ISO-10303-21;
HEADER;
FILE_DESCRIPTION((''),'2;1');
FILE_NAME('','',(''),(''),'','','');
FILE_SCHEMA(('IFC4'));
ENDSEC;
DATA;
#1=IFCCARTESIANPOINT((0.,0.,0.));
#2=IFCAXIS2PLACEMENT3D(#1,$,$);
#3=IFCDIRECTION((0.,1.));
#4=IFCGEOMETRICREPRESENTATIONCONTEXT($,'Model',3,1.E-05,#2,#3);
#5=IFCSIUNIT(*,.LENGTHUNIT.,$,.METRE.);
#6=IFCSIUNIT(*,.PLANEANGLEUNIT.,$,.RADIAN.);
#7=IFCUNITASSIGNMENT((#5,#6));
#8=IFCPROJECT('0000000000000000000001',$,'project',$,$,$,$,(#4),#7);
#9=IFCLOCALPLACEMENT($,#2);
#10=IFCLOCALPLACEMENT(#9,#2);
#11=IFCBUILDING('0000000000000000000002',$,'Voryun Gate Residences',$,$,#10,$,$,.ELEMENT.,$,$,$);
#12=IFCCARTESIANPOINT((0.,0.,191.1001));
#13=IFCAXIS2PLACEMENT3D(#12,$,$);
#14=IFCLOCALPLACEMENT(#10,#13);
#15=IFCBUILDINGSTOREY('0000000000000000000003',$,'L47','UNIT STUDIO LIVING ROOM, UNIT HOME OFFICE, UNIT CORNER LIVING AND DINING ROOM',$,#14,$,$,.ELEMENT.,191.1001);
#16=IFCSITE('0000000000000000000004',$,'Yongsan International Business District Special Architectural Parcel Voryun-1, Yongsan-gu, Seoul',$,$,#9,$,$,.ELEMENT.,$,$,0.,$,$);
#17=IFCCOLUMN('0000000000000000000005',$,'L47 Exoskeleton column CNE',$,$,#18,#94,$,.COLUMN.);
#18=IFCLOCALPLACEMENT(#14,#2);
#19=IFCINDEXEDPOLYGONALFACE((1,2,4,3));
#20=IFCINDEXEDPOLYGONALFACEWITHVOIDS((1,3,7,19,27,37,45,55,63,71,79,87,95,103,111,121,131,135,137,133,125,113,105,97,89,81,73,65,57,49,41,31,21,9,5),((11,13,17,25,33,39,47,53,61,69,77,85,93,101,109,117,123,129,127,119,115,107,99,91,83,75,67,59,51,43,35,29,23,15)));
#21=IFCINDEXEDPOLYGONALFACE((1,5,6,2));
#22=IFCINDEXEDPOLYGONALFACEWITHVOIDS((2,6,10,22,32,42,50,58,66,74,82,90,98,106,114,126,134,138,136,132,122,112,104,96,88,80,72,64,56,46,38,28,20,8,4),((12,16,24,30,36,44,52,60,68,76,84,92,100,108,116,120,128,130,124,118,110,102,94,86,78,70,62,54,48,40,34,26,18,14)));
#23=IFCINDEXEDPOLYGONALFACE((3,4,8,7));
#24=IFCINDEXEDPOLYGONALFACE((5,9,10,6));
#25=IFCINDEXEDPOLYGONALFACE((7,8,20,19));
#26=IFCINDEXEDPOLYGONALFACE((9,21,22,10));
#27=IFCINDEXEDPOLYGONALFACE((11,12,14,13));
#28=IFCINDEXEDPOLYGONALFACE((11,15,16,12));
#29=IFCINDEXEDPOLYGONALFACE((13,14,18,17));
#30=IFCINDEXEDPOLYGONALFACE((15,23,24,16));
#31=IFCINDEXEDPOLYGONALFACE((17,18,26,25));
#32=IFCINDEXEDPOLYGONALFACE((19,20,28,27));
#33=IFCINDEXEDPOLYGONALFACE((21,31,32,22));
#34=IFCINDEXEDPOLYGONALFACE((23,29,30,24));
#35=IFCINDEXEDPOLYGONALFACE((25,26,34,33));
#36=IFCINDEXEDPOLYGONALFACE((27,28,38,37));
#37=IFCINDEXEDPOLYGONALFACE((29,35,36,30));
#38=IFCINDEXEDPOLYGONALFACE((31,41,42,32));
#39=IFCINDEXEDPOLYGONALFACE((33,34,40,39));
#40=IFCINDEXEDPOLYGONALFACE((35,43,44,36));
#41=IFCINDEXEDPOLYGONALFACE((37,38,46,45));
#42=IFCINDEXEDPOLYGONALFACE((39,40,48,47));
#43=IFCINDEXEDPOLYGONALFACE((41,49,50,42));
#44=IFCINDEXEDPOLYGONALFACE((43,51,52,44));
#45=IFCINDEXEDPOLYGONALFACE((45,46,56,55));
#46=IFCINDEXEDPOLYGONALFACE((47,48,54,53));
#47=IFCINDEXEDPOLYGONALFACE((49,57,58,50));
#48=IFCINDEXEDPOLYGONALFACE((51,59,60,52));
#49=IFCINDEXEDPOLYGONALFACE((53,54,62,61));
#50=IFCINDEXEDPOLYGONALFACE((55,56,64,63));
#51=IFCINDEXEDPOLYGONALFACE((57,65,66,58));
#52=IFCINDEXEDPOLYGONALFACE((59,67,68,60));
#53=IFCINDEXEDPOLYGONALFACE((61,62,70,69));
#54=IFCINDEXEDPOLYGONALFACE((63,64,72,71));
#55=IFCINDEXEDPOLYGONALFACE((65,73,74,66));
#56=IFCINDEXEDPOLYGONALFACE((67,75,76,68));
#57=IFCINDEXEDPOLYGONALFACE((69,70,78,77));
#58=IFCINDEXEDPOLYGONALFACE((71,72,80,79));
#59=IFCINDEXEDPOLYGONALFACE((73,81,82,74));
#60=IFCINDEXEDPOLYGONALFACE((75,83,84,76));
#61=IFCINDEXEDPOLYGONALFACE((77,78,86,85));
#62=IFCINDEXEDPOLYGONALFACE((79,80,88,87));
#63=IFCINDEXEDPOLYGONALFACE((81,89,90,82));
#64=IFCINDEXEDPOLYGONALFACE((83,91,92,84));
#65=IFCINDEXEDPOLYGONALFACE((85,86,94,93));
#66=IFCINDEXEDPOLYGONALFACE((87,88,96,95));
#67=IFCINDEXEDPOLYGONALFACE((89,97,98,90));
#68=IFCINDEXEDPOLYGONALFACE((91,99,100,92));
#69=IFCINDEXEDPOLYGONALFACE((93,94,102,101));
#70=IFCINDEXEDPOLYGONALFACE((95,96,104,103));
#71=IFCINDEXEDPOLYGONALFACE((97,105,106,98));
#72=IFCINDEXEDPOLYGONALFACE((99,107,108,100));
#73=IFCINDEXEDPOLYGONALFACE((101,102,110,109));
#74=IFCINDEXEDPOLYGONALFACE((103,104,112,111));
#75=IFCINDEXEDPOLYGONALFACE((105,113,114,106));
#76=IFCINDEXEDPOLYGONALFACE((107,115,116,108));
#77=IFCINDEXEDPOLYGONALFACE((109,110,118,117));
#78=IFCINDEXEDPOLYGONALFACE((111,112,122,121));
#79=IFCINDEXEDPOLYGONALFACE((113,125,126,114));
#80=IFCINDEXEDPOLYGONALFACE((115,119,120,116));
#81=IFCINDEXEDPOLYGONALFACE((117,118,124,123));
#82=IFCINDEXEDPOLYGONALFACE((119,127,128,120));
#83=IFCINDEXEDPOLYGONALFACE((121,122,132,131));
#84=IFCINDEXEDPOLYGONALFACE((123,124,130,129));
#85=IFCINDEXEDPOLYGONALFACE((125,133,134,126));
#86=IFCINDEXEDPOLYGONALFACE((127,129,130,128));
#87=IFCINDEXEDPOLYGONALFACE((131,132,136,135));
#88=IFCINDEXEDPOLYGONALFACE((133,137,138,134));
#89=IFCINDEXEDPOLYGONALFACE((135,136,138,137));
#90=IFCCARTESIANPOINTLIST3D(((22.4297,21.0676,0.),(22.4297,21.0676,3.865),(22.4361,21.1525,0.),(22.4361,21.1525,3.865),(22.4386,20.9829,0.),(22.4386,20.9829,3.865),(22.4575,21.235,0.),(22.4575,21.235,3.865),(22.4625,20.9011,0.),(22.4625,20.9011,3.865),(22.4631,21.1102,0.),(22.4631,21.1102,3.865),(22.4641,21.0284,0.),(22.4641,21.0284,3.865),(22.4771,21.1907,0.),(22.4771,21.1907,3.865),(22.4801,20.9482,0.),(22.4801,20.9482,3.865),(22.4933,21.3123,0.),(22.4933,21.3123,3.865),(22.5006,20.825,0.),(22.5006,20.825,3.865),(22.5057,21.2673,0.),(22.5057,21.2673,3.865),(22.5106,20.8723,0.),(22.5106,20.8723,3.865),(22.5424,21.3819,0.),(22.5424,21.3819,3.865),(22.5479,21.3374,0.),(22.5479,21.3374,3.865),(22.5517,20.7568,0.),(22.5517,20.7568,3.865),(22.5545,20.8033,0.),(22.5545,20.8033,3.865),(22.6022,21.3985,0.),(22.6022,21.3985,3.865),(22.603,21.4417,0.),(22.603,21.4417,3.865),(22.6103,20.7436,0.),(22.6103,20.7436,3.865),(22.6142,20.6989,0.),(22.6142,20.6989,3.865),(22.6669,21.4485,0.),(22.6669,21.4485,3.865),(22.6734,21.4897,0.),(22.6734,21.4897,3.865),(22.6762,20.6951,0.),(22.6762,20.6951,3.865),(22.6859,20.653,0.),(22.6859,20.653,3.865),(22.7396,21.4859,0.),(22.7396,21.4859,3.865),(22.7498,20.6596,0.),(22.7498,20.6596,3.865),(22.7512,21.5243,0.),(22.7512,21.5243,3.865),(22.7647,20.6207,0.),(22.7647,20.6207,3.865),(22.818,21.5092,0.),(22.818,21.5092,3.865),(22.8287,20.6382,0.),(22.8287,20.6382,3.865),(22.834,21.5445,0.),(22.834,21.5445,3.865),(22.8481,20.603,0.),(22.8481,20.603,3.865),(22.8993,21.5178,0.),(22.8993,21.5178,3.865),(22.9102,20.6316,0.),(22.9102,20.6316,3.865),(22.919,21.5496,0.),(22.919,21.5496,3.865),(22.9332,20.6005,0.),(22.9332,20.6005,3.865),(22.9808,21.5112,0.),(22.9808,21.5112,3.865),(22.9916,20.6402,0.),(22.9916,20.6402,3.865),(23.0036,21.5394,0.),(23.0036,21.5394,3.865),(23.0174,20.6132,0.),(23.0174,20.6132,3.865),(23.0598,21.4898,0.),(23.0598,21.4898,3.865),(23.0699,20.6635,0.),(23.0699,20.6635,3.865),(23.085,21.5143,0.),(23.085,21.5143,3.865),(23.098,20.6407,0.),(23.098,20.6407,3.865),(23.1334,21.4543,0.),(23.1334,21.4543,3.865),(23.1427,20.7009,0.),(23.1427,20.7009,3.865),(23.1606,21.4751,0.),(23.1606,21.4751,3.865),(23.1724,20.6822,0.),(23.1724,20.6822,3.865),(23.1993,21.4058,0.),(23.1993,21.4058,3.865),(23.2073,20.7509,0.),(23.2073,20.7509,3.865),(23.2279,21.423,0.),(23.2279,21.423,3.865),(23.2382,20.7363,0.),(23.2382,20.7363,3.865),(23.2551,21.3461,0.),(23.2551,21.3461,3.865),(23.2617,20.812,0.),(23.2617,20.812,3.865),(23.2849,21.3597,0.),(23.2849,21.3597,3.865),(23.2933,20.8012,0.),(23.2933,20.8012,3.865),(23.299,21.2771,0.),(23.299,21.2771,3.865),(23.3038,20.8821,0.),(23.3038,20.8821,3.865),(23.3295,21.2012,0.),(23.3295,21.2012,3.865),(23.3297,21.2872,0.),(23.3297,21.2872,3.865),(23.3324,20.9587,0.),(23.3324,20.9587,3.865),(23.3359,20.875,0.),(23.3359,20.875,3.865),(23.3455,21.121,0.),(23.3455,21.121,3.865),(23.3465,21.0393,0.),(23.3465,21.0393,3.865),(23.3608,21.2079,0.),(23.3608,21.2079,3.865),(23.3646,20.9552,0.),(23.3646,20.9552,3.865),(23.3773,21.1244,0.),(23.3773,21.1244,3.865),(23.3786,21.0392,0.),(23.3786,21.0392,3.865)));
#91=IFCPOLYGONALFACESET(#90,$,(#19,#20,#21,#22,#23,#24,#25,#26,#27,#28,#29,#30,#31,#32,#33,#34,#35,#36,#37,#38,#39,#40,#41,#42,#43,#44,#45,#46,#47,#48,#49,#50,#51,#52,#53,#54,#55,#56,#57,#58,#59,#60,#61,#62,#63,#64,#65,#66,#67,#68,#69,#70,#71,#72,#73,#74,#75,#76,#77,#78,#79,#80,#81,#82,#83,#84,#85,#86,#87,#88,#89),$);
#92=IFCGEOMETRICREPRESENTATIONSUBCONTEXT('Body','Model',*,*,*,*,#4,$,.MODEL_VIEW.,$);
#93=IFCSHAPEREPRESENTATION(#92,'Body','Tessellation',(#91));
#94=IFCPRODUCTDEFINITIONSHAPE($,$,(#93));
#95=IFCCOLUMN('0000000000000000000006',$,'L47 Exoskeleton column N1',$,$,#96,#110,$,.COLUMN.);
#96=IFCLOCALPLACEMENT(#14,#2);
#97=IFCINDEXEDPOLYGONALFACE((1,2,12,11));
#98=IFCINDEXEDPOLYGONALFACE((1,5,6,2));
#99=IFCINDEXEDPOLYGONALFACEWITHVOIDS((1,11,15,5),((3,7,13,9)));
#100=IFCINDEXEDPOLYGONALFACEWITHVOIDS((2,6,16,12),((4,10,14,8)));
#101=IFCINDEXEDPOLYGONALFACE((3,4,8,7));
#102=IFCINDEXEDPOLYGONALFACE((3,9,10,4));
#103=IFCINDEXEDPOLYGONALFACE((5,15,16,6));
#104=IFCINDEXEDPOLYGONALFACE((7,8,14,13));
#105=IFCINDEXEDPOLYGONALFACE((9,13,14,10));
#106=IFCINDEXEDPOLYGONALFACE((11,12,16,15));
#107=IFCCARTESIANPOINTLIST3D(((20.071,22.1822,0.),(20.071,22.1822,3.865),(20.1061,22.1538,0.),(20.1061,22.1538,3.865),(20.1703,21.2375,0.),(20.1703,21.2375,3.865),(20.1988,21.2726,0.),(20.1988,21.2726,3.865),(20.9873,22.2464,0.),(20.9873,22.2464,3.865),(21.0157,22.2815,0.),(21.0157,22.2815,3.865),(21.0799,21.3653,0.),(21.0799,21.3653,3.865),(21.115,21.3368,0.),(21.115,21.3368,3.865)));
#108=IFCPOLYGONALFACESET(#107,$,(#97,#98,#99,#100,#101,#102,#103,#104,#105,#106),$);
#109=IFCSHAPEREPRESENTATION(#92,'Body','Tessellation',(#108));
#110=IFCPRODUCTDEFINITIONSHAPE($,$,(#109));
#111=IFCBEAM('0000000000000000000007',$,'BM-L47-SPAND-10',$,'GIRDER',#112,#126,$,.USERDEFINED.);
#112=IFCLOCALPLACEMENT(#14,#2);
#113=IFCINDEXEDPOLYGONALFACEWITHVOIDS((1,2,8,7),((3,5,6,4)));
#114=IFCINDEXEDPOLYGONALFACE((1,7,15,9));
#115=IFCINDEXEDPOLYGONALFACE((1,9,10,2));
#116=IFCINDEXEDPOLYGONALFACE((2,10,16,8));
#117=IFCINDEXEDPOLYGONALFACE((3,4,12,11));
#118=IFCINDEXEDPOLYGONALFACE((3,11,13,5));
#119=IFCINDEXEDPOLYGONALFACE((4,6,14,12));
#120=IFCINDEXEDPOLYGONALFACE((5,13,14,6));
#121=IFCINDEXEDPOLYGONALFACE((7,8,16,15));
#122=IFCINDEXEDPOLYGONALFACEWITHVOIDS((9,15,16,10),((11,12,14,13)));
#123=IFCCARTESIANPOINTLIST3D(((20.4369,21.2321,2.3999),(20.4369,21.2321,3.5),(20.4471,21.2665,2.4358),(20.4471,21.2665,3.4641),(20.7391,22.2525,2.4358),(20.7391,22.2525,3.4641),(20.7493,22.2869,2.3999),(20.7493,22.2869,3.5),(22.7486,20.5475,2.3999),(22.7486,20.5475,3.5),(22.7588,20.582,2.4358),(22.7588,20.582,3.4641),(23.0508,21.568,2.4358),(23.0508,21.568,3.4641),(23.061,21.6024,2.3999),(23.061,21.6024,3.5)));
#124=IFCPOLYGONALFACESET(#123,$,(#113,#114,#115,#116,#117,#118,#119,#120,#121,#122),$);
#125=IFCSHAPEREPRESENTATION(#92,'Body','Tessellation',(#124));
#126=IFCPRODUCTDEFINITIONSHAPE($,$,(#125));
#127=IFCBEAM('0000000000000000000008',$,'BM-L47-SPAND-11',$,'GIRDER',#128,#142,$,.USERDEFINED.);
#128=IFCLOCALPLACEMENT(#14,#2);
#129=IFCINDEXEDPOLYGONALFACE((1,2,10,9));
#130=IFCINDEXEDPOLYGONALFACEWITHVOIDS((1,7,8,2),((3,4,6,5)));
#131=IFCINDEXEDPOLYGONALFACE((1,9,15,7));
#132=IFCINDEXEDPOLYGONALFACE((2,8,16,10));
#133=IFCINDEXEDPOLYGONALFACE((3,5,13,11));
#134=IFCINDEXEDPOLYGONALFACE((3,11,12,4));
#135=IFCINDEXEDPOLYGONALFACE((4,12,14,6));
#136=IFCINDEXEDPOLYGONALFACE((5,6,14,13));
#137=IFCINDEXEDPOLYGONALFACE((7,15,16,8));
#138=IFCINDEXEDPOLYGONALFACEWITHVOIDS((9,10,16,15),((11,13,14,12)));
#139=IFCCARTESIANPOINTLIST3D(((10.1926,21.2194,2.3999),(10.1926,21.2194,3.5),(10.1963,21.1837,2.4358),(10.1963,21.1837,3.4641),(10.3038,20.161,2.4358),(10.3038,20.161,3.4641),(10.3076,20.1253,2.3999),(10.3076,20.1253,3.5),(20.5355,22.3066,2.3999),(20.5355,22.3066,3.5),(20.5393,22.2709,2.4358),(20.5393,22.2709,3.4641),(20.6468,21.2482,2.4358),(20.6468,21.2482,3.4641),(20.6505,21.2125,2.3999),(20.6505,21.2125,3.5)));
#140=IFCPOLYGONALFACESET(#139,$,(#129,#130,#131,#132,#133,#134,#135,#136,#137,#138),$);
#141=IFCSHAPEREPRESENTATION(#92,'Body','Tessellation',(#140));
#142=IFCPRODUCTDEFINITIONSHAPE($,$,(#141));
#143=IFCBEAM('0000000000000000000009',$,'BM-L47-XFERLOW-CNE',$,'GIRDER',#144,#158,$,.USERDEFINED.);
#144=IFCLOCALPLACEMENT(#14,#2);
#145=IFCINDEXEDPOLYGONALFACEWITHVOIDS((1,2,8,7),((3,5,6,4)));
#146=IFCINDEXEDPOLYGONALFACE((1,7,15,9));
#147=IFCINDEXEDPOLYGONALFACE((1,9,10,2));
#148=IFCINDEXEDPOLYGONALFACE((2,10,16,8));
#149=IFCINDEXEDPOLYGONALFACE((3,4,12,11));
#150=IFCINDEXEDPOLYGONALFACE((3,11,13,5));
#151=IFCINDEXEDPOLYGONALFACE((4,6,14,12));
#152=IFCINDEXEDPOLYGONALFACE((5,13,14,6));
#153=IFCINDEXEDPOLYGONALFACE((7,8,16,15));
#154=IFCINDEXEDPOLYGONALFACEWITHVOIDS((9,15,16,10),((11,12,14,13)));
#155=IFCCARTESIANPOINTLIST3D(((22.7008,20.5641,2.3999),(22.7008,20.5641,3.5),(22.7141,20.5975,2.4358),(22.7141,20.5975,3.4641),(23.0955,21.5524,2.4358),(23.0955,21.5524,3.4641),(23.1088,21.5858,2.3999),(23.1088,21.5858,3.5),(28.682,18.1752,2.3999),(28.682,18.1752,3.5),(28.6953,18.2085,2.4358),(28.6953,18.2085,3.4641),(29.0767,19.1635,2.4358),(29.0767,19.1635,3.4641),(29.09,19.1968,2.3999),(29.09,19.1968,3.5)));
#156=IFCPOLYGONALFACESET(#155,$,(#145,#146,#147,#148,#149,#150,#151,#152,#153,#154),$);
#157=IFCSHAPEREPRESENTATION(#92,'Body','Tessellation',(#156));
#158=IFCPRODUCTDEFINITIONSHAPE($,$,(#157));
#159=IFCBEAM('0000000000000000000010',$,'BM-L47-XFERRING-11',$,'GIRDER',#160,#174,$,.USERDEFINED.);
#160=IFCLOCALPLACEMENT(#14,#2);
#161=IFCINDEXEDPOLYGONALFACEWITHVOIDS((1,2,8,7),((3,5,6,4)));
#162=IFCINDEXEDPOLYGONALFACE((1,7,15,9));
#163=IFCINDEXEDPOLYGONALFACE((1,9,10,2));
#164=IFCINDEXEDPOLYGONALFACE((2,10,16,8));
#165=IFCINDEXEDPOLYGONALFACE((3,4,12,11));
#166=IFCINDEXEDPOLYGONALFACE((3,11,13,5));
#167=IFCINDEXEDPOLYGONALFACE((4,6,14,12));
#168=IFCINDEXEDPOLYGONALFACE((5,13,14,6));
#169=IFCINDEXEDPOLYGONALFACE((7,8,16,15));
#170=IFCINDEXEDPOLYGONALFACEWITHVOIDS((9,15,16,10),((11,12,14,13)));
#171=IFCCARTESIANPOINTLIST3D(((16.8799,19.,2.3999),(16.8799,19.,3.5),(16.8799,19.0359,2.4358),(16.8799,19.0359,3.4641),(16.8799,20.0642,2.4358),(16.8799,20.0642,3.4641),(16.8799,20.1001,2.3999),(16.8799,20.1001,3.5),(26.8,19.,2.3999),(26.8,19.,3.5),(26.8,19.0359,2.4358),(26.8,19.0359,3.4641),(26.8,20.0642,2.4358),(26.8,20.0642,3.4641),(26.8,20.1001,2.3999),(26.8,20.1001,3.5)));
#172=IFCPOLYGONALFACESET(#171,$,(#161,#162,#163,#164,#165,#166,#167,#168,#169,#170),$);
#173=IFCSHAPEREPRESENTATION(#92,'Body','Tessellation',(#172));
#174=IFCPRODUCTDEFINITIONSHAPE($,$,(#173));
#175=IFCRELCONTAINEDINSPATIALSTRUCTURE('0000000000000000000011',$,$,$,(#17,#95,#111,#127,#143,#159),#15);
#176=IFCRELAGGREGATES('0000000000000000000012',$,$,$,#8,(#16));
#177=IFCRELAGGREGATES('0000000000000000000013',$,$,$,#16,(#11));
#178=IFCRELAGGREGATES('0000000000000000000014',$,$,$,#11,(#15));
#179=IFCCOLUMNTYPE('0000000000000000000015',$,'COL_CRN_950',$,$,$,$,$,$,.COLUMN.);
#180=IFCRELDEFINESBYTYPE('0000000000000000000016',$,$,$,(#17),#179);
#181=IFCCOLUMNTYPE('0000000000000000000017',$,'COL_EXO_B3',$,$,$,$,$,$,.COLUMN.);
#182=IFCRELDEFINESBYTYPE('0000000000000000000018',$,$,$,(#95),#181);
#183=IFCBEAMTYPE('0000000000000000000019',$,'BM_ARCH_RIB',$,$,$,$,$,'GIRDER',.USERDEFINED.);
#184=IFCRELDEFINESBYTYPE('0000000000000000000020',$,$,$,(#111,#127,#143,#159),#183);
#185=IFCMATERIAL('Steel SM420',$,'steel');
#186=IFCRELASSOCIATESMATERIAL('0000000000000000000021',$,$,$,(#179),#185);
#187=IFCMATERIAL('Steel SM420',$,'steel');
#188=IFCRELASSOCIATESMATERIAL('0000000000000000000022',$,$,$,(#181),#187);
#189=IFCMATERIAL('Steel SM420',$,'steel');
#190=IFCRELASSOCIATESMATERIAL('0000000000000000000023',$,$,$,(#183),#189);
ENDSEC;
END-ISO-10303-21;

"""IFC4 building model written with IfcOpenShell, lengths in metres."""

from ifc_helpers import new_model, si_unit, direction, frame, origin, origin_2d, place, context, subcontext, project, spatial, hollow_rectangle, hollow_circle, extrude, material, material_profile, profile_set, type_object, element, save


model = new_model("IFC4")

# Units and contexts
model_context = context("Model", 3, precision=1e-05, world=origin(), true_north=direction((0.0, 1.0)))
body_context = subcontext(model_context, "Body", "Model", "MODEL_VIEW")
ifc_project = project(units=[si_unit("LENGTHUNIT", "METRE"), si_unit("PLANEANGLEUNIT", "RADIAN")], contexts=[model_context])

# Site, building, storey
site_placement = place(None, origin())
site = spatial("IfcSite", under=ifc_project, at=site_placement, Name="Yongsan International Business District Special Architectural Parcel Voryun-1, Yongsan-gu, Seoul", CompositionType="ELEMENT", RefElevation=0.0)
building_placement = place(site_placement, origin())
building = spatial("IfcBuilding", under=site, at=building_placement, Name="Voryun Gate Residences", CompositionType="ELEMENT")
storey_placement = place(building_placement, frame((0.0, 0.0, 191.1001)))
storey = spatial("IfcBuildingStorey", under=building, at=storey_placement, Name="L47", Description="UNIT STUDIO LIVING ROOM, UNIT HOME OFFICE, UNIT CORNER LIVING AND DINING ROOM", CompositionType="ELEMENT", Elevation=191.1001)

# Columns
ifc_material_1 = material(Name="Steel SM420", Category="steel")
ifc_material_profile_1 = material_profile(ifc_material_1, hollow_circle(Radius=0.4751, WallThickness=0.032, at=origin_2d()), Name="CHS-950x32")
ifc_profile_set_1 = profile_set([ifc_material_profile_1], Name="Steel SM420")
column_type_1 = type_object("IfcColumnType", Name="COL_CRN_950", PredefinedType="COLUMN", material=ifc_profile_set_1)
column_1_placement = place(storey_placement, frame((22.9048, 21.0747, 0.0), z_axis=(0.0, 0.0, 1.0), x_axis=(0.994522, 0.104528, 0.0)))
element("IfcColumn", 1, at=column_1_placement, inside=storey, type_object=column_type_1, Name="L47 Exoskeleton column CNE", PredefinedType="COLUMN", context=body_context, shape_type="SweptSolid", body=[
    extrude(hollow_circle(Radius=0.4751, WallThickness=0.032, at=origin_2d()), origin(), (0.0, 0.0, 1.0), 3.865),
])
ifc_material_2 = material(Name="Steel SM420", Category="steel")
ifc_material_profile_2 = material_profile(ifc_material_2, hollow_rectangle(XDim=0.95, YDim=0.95, WallThickness=0.032, at=origin_2d()), Name="BOX-950x950x32")
ifc_profile_set_2 = profile_set([ifc_material_profile_2], Name="Steel SM420")
column_type_2 = type_object("IfcColumnType", Name="COL_EXO_B3", PredefinedType="COLUMN", material=ifc_profile_set_2)
column_2_placement = place(storey_placement, frame((20.593, 21.7595, 0.0), z_axis=(0.0, 0.0, 1.0), x_axis=(0.994522, 0.104528, 0.0)))
element("IfcColumn", 2, at=column_2_placement, inside=storey, type_object=column_type_2, Name="L47 Exoskeleton column N1", PredefinedType="COLUMN", context=body_context, shape_type="SweptSolid", body=[
    extrude(hollow_rectangle(XDim=0.95, YDim=0.95, WallThickness=0.032, at=origin_2d()), origin(), (0.0, 0.0, 1.0), 3.865),
])

# Beams
ifc_material_3 = material(Name="Steel SM420", Category="steel")
ifc_material_profile_3 = material_profile(ifc_material_3, hollow_rectangle(XDim=1.1001, YDim=1.1001, WallThickness=0.0359, at=origin_2d()), Name="BOX-1100x1100x36")
ifc_profile_set_3 = profile_set([ifc_material_profile_3], Name="Steel SM420")
beam_type = type_object("IfcBeamType", Name="BM_ARCH_RIB", ElementType="GIRDER", PredefinedType="USERDEFINED", material=ifc_profile_set_3)
beam_1_placement = place(storey_placement, frame((22.9048, 21.075, 2.95), z_axis=(-0.958843, 0.283937, 0.0), x_axis=(-0.283937, -0.958843, 0.0)))
element("IfcBeam", 3, at=beam_1_placement, inside=storey, type_object=beam_type, Name="BM-L47-SPAND-10", ObjectType="GIRDER", PredefinedType="USERDEFINED", context=body_context, shape_type="SweptSolid", body=[
    extrude(hollow_rectangle(XDim=1.1001, YDim=1.1001, WallThickness=0.0359, at=origin_2d()), origin(), (0.0, 0.0, 1.0), 2.4109),
])
beam_2_placement = place(storey_placement, frame((20.593, 21.7595, 2.95), z_axis=(-0.994521, -0.104534, 0.0), x_axis=(0.104534, -0.994521, 0.0)))
element("IfcBeam", 4, at=beam_2_placement, inside=storey, type_object=beam_type, Name="BM-L47-SPAND-11", ObjectType="GIRDER", PredefinedType="USERDEFINED", context=body_context, shape_type="SweptSolid", body=[
    extrude(hollow_rectangle(XDim=1.1001, YDim=1.1001, WallThickness=0.0359, at=origin_2d()), origin(), (0.0, 0.0, 1.0), 10.3999),
])
beam_3_placement = place(storey_placement, frame((22.9048, 21.075, 2.95), z_axis=(0.928667, -0.370914, 0.0), x_axis=(0.370914, 0.928667, 0.0)))
element("IfcBeam", 5, at=beam_3_placement, inside=storey, type_object=beam_type, Name="BM-L47-XFERLOW-CNE", ObjectType="GIRDER", PredefinedType="USERDEFINED", context=body_context, shape_type="SweptSolid", body=[
    extrude(hollow_rectangle(XDim=1.1001, YDim=1.1001, WallThickness=0.0359, at=origin_2d()), origin(), (0.0, 0.0, 1.0), 6.4407),
])
beam_4_placement = place(storey_placement, frame((26.8, 19.55, 2.95), z_axis=(-1.0, 0.0, 0.0), x_axis=(0.0, -1.0, 0.0)))
element("IfcBeam", 6, at=beam_4_placement, inside=storey, type_object=beam_type, Name="BM-L47-XFERRING-11", ObjectType="GIRDER", PredefinedType="USERDEFINED", context=body_context, shape_type="SweptSolid", body=[
    extrude(hollow_rectangle(XDim=1.1001, YDim=1.1001, WallThickness=0.0359, at=origin_2d()), origin(), (0.0, 0.0, 1.0), 9.9202),
])

save(model, "model.ifc")
